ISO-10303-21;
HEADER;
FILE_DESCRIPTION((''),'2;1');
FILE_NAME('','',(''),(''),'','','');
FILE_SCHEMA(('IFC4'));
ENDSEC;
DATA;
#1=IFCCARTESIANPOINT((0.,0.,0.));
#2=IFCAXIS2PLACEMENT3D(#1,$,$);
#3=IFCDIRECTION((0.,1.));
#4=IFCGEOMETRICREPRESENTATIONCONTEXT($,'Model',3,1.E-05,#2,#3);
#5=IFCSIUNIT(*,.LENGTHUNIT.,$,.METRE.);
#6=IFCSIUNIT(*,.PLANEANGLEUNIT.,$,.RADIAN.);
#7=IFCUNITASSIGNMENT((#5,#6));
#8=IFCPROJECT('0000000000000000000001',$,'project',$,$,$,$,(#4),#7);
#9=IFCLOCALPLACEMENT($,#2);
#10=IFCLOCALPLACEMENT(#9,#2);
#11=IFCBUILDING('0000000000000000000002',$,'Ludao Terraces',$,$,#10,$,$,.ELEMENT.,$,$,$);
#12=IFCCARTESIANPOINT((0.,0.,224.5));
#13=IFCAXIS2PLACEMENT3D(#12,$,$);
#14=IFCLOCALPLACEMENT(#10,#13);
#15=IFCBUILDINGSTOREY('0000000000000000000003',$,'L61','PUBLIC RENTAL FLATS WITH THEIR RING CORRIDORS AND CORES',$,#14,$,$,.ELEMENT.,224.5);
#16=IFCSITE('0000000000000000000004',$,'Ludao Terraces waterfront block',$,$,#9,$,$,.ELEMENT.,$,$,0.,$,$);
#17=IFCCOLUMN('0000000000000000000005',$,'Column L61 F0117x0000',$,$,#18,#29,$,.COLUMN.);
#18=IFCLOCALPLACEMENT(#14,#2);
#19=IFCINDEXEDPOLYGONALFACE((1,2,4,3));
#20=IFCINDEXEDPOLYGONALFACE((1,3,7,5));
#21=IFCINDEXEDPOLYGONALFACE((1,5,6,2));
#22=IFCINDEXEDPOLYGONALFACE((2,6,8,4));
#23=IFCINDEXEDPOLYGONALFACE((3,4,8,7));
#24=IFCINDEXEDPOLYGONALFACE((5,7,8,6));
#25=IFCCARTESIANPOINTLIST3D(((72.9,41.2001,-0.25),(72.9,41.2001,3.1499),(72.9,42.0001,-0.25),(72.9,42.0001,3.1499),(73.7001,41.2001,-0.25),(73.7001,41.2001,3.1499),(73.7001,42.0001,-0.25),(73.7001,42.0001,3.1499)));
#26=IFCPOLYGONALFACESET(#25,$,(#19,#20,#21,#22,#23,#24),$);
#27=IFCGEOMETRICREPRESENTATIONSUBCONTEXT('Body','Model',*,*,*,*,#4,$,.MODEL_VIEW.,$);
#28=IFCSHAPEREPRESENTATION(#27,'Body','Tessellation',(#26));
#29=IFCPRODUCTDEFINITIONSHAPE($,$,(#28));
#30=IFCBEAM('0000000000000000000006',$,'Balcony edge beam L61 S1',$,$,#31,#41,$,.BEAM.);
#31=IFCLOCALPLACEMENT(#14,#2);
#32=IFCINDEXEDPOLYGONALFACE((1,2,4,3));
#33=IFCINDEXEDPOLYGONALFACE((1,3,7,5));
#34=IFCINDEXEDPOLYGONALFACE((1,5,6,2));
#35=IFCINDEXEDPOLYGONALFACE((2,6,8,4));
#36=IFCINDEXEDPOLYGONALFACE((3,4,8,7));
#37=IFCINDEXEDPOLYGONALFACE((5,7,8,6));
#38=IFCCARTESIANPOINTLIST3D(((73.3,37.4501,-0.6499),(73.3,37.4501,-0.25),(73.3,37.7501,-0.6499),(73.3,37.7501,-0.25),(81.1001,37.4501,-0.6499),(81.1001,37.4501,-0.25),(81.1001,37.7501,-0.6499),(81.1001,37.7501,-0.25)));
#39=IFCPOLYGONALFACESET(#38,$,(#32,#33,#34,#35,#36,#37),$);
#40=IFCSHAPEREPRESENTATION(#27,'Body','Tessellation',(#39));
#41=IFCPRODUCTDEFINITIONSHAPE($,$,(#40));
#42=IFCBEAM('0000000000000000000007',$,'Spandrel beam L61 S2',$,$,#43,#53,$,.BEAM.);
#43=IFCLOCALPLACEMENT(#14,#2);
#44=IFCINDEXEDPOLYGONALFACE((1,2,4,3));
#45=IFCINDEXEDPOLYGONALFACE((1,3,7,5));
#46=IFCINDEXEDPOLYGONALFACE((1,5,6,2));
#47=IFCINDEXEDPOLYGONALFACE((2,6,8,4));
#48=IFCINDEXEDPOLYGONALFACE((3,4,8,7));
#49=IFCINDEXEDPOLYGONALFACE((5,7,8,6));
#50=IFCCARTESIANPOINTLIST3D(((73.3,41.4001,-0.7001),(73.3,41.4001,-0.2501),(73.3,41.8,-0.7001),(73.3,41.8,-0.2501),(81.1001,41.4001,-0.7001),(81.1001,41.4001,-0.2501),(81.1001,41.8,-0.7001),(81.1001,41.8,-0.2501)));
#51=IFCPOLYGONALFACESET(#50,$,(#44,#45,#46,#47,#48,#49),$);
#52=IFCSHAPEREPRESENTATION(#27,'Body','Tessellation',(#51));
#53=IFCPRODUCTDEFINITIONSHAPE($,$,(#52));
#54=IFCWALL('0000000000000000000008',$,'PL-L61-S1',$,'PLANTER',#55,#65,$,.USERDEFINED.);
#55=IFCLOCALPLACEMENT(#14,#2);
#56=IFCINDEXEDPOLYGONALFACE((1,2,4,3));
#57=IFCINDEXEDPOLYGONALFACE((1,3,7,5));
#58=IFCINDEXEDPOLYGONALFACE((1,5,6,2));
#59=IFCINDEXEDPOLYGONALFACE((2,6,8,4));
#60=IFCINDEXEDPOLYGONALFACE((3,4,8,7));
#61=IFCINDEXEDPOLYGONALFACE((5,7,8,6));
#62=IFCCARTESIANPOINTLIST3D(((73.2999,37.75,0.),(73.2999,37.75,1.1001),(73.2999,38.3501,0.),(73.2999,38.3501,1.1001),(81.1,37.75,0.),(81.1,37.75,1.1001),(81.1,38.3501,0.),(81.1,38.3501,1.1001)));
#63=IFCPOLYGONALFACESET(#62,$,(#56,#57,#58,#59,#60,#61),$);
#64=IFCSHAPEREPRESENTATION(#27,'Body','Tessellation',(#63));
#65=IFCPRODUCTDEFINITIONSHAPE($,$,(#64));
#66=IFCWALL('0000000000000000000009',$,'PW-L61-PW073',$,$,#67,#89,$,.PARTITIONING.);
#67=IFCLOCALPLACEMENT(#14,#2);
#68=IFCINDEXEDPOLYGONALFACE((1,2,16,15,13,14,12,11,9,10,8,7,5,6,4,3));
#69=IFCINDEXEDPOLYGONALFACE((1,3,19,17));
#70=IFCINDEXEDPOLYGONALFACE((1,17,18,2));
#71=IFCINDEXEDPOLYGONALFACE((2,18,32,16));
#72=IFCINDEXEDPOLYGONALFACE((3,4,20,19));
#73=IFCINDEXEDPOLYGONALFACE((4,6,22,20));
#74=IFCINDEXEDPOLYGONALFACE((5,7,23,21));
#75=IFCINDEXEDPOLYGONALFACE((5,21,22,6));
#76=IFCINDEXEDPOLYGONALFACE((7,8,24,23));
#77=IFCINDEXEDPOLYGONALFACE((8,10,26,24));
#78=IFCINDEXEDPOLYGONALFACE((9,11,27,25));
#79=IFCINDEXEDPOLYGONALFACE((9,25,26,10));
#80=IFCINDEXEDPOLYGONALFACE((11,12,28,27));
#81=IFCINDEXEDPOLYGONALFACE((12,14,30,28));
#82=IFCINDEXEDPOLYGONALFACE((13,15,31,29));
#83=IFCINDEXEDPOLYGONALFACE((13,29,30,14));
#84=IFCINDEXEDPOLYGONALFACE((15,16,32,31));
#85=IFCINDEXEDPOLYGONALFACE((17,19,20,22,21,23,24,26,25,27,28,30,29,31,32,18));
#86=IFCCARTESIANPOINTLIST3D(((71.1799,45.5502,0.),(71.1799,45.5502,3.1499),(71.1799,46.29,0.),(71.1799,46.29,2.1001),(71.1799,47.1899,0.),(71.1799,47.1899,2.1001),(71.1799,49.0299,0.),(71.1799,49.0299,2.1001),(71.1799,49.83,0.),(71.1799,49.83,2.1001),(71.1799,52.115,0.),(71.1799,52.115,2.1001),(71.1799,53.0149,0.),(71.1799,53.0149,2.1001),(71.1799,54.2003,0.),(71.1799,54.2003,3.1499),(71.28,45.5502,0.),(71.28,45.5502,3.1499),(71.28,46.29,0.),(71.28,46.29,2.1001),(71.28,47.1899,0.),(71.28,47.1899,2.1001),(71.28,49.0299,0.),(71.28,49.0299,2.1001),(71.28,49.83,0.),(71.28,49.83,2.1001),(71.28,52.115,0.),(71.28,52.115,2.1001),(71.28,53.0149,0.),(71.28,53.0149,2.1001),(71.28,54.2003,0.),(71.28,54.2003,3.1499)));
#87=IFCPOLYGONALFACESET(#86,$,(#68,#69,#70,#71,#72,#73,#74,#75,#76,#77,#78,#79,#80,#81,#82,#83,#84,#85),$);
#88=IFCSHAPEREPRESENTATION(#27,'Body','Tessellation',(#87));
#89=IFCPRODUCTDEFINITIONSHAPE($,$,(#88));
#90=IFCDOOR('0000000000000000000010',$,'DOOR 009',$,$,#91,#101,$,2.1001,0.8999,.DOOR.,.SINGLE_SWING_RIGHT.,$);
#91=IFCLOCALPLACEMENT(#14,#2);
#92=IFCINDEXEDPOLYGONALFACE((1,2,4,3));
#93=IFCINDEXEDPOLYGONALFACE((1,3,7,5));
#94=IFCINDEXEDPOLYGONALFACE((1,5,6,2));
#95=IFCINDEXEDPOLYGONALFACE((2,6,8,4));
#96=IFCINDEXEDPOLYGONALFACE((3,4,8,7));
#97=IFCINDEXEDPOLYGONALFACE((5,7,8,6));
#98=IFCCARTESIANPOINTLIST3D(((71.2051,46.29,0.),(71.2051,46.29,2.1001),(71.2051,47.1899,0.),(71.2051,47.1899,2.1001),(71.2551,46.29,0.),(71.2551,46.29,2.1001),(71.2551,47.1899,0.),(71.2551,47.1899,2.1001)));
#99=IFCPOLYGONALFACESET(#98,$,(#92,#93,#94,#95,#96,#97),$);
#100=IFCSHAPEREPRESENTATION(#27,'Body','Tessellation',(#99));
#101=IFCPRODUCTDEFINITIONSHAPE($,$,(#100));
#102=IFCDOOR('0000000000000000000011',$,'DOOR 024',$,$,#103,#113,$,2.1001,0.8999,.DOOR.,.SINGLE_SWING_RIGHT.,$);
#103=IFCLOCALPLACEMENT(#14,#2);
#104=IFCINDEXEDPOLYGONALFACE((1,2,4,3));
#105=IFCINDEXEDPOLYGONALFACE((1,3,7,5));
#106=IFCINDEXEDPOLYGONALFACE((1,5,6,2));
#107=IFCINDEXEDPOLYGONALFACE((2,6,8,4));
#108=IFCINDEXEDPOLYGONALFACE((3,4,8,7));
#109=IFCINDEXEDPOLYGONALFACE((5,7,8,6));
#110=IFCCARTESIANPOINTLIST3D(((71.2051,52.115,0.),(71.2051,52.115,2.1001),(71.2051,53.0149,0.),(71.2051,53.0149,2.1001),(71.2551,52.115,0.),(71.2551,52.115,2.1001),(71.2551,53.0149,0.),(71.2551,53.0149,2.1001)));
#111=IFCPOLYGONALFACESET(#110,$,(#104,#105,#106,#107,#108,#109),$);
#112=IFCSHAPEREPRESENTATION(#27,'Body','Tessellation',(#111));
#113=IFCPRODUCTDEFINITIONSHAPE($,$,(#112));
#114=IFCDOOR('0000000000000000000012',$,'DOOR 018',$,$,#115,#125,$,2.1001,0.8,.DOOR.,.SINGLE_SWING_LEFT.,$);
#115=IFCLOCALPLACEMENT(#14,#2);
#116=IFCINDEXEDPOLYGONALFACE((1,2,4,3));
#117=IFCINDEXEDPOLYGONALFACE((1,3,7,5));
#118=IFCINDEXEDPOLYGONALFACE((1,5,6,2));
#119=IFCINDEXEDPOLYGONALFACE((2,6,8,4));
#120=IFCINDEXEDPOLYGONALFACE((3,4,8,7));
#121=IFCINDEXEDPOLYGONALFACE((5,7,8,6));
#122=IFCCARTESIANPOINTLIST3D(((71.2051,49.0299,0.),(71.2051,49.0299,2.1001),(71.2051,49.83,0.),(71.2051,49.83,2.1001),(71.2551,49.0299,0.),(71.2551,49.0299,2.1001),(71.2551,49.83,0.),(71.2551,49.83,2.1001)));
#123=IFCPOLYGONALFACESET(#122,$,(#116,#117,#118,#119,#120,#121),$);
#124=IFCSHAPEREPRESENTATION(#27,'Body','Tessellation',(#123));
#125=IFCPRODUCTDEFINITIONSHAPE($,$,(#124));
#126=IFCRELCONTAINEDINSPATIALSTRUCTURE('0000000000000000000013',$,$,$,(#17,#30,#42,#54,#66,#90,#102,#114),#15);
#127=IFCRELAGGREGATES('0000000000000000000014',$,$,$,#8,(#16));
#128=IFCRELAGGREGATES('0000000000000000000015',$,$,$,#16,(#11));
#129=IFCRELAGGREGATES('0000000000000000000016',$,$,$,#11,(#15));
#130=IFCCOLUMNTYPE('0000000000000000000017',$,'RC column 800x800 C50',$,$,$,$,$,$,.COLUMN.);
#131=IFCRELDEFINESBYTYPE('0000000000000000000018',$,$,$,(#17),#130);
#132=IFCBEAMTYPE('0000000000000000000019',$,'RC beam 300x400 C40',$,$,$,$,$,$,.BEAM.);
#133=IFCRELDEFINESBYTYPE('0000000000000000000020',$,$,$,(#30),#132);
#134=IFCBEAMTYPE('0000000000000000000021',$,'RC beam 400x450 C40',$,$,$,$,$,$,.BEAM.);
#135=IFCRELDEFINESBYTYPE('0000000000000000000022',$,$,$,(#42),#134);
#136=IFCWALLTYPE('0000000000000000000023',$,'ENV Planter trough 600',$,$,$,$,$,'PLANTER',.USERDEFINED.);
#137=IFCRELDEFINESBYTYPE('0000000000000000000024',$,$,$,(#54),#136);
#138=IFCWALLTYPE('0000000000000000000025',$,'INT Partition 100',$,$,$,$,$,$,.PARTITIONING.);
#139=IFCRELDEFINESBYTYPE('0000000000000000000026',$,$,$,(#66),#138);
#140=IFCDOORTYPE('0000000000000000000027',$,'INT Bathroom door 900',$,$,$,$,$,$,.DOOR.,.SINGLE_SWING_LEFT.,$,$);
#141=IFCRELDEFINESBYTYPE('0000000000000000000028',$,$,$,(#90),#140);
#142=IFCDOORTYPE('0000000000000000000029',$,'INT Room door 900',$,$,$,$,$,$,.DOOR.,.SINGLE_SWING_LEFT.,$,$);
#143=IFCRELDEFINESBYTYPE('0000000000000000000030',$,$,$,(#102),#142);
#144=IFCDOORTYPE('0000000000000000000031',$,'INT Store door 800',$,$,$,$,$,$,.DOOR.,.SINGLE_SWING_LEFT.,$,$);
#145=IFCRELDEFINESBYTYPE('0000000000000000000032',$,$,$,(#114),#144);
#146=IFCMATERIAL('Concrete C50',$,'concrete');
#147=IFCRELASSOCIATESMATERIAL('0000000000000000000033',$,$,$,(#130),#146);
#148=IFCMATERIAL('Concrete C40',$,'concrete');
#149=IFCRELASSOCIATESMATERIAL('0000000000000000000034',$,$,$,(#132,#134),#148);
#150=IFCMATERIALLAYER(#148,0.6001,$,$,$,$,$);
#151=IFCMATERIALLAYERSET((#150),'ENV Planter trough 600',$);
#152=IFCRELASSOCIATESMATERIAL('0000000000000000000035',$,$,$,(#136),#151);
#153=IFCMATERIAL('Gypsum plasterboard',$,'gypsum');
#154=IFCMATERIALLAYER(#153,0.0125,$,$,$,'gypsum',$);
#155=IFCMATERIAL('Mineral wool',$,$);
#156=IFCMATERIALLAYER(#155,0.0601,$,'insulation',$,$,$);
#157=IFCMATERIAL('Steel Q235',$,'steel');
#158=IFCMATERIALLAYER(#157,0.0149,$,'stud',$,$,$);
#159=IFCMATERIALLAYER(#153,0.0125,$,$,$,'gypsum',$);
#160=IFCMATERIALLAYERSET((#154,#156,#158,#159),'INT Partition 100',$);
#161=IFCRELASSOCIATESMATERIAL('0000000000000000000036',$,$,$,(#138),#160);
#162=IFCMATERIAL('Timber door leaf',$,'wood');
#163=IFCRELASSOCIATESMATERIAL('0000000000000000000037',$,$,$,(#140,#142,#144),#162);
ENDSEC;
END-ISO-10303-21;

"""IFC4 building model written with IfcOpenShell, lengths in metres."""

from ifc_helpers import new_model, si_unit, direction, frame, frame_2d, origin, origin_2d, place, context, subcontext, project, spatial, rectangle, extrude, material, layer, layer_set, material_profile, profile_set, type_object, element, fill, save


model = new_model("IFC4")

# Units and contexts
model_context = context("Model", 3, precision=1e-05, world=origin(), true_north=direction((0.0, 1.0)))
body_context = subcontext(model_context, "Body", "Model", "MODEL_VIEW")
ifc_project = project(units=[si_unit("LENGTHUNIT", "METRE"), si_unit("PLANEANGLEUNIT", "RADIAN")], contexts=[model_context])

# Site, building, storey
site_placement = place(None, origin())
site = spatial("IfcSite", under=ifc_project, at=site_placement, Name="Ludao Terraces waterfront block", CompositionType="ELEMENT", RefElevation=0.0)
building_placement = place(site_placement, origin())
building = spatial("IfcBuilding", under=site, at=building_placement, Name="Ludao Terraces", CompositionType="ELEMENT")
storey_placement = place(building_placement, frame((0.0, 0.0, 224.5)))
storey = spatial("IfcBuildingStorey", under=building, at=storey_placement, Name="L61", Description="PUBLIC RENTAL FLATS WITH THEIR RING CORRIDORS AND CORES", CompositionType="ELEMENT", Elevation=224.5)

# Column
ifc_material_1 = material(Name="Concrete C50", Category="concrete")
ifc_material_profile_1 = material_profile(ifc_material_1, rectangle(XDim=0.8, YDim=0.8, at=origin_2d()), Name="800 X 800")
ifc_profile_set_1 = profile_set([ifc_material_profile_1], Name="Concrete C50")
column_type = type_object("IfcColumnType", Name="RC column 800x800 C50", PredefinedType="COLUMN", material=ifc_profile_set_1)
column_placement = place(storey_placement, frame((73.3, 41.6001, -0.25), z_axis=(0.0, 0.0, 1.0), x_axis=(1.0, 0.0, 0.0)))
element("IfcColumn", 1, at=column_placement, inside=storey, type_object=column_type, Name="Column L61 F0117x0000", PredefinedType="COLUMN", context=body_context, shape_type="SweptSolid", body=[
    extrude(rectangle(XDim=0.8, YDim=0.8, at=origin_2d()), origin(), (0.0, 0.0, 1.0), 3.3999),
])

# Beams
ifc_material_2 = material(Name="Concrete C40", Category="concrete")
ifc_material_profile_2 = material_profile(ifc_material_2, rectangle(XDim=0.3, YDim=0.3999, at=origin_2d()), Name="300 X 400")
ifc_profile_set_2 = profile_set([ifc_material_profile_2], Name="Concrete C40")
beam_type_1 = type_object("IfcBeamType", Name="RC beam 300x400 C40", PredefinedType="BEAM", material=ifc_profile_set_2)
beam_1_placement = place(storey_placement, frame((73.3, 37.6001, -0.45), z_axis=(1.0, 0.0, 0.0), x_axis=(0.0, 1.0, 0.0)))
element("IfcBeam", 2, at=beam_1_placement, inside=storey, type_object=beam_type_1, Name="Balcony edge beam L61 S1", PredefinedType="BEAM", context=body_context, shape_type="SweptSolid", body=[
    extrude(rectangle(XDim=0.3, YDim=0.3999, at=origin_2d()), origin(), (0.0, 0.0, 1.0), 7.8),
])
ifc_material_profile_3 = material_profile(ifc_material_2, rectangle(XDim=0.3999, YDim=0.45, at=origin_2d()), Name="400 X 450")
ifc_profile_set_3 = profile_set([ifc_material_profile_3], Name="Concrete C40")
beam_type_2 = type_object("IfcBeamType", Name="RC beam 400x450 C40", PredefinedType="BEAM", material=ifc_profile_set_3)
beam_2_placement = place(storey_placement, frame((73.3, 41.6001, -0.4751), z_axis=(1.0, 0.0, 0.0), x_axis=(0.0, 1.0, 0.0)))
element("IfcBeam", 3, at=beam_2_placement, inside=storey, type_object=beam_type_2, Name="Spandrel beam L61 S2", PredefinedType="BEAM", context=body_context, shape_type="SweptSolid", body=[
    extrude(rectangle(XDim=0.3999, YDim=0.45, at=origin_2d()), origin(), (0.0, 0.0, 1.0), 7.8),
])

# Wall
ifc_layer_1 = layer(ifc_material_2, 0.6001)
ifc_layer_set_1 = layer_set([ifc_layer_1], Name="ENV Planter trough 600")
wall_type_1 = type_object("IfcWallType", Name="ENV Planter trough 600", ElementType="PLANTER", PredefinedType="USERDEFINED", material=ifc_layer_set_1)
wall_1_placement = place(storey_placement, frame((73.3, 38.05, 0.0), z_axis=(0.0, 0.0, 1.0), x_axis=(1.0, 0.0, 0.0)))
element("IfcWall", 4, at=wall_1_placement, inside=storey, type_object=wall_type_1, Name="PL-L61-S1", ObjectType="PLANTER", PredefinedType="USERDEFINED", context=body_context, shape_type="SweptSolid", body=[
    extrude(rectangle(XDim=7.8, YDim=0.6001, at=frame_2d((3.8999, 0.0))), origin(), (0.0, 0.0, 1.0), 1.1001),
])

# Wall, openings, doors
ifc_material_3 = material(Name="Gypsum plasterboard", Category="gypsum")
ifc_layer_2 = layer(ifc_material_3, 0.0125, Category="gypsum")
ifc_material_4 = material(Name="Mineral wool")
ifc_layer_3 = layer(ifc_material_4, 0.0601, Name="insulation")
ifc_material_5 = material(Name="Steel Q235", Category="steel")
ifc_layer_4 = layer(ifc_material_5, 0.0149, Name="stud")
ifc_layer_5 = layer(ifc_material_3, 0.0125, Category="gypsum")
ifc_layer_set_2 = layer_set([ifc_layer_2, ifc_layer_3, ifc_layer_4, ifc_layer_5], Name="INT Partition 100")
wall_type_2 = type_object("IfcWallType", Name="INT Partition 100", PredefinedType="PARTITIONING", material=ifc_layer_set_2)
wall_2_placement = place(storey_placement, frame((71.23, 45.55, 0.0), z_axis=(0.0, 0.0, 1.0), x_axis=(0.0, 1.0, 0.0)))
wall_2 = element("IfcWall", 5, at=wall_2_placement, inside=storey, type_object=wall_type_2, Name="PW-L61-PW073", PredefinedType="PARTITIONING", context=body_context, shape_type="SweptSolid", body=[
    extrude(rectangle(XDim=8.6501, YDim=0.1001, at=frame_2d((4.3252, 0.0))), origin(), (0.0, 0.0, 1.0), 3.1499),
])
opening_1_placement = place(wall_2_placement, frame((0.74, 0.0, 0.0)))
opening_1 = element("IfcOpeningElement", 6, at=opening_1_placement, cuts=wall_2, PredefinedType="OPENING", context=body_context, shape_type="SweptSolid", body=[
    extrude(rectangle(XDim=0.8999, YDim=2.1001, at=frame_2d((0.45, 1.05))), frame((0.0, 0.0601, 0.0), z_axis=(0.0, -1.0, 0.0), x_axis=(1.0, 0.0, 0.0)), (0.0, 0.0, 1.0), 0.1201),
])
opening_2_placement = place(wall_2_placement, frame((3.48, 0.0, 0.0)))
opening_2 = element("IfcOpeningElement", 7, at=opening_2_placement, cuts=wall_2, PredefinedType="OPENING", context=body_context, shape_type="SweptSolid", body=[
    extrude(rectangle(XDim=0.8, YDim=2.1001, at=frame_2d((0.3999, 1.05))), frame((0.0, 0.0601, 0.0), z_axis=(0.0, -1.0, 0.0), x_axis=(1.0, 0.0, 0.0)), (0.0, 0.0, 1.0), 0.1201),
])
opening_3_placement = place(wall_2_placement, frame((6.5649, 0.0, 0.0)))
opening_3 = element("IfcOpeningElement", 8, at=opening_3_placement, cuts=wall_2, PredefinedType="OPENING", context=body_context, shape_type="SweptSolid", body=[
    extrude(rectangle(XDim=0.8999, YDim=2.1001, at=frame_2d((0.45, 1.05))), frame((0.0, 0.0601, 0.0), z_axis=(0.0, -1.0, 0.0), x_axis=(1.0, 0.0, 0.0)), (0.0, 0.0, 1.0), 0.1201),
])
ifc_material_6 = material(Name="Timber door leaf", Category="wood")
door_type_1 = type_object("IfcDoorType", Name="INT Bathroom door 900", OperationType="SINGLE_SWING_LEFT", PredefinedType="DOOR", material=ifc_material_6)
door_1_placement = place(opening_1_placement, origin())
door_1 = element("IfcDoor", 9, at=door_1_placement, inside=storey, type_object=door_type_1, Name="DOOR 009", OperationType="SINGLE_SWING_RIGHT", OverallHeight=2.1001, OverallWidth=0.8999, PredefinedType="DOOR", context=body_context, shape_type="SweptSolid", body=[
    extrude(rectangle(XDim=0.8999, YDim=2.1001, at=frame_2d((0.45, 1.05))), frame((0.0, 0.0249, 0.0), z_axis=(0.0, -1.0, 0.0), x_axis=(1.0, 0.0, 0.0)), (0.0, 0.0, 1.0), 0.05),
])
fill(opening_1, door_1)
door_type_2 = type_object("IfcDoorType", Name="INT Room door 900", OperationType="SINGLE_SWING_LEFT", PredefinedType="DOOR", material=ifc_material_6)
door_2_placement = place(opening_3_placement, origin())
door_2 = element("IfcDoor", 10, at=door_2_placement, inside=storey, type_object=door_type_2, Name="DOOR 024", OperationType="SINGLE_SWING_RIGHT", OverallHeight=2.1001, OverallWidth=0.8999, PredefinedType="DOOR", context=body_context, shape_type="SweptSolid", body=[
    extrude(rectangle(XDim=0.8999, YDim=2.1001, at=frame_2d((0.45, 1.05))), frame((0.0, 0.0249, 0.0), z_axis=(0.0, -1.0, 0.0), x_axis=(1.0, 0.0, 0.0)), (0.0, 0.0, 1.0), 0.05),
])
fill(opening_3, door_2)
door_type_3 = type_object("IfcDoorType", Name="INT Store door 800", OperationType="SINGLE_SWING_LEFT", PredefinedType="DOOR", material=ifc_material_6)
door_3_placement = place(opening_2_placement, origin())
door_3 = element("IfcDoor", 11, at=door_3_placement, inside=storey, type_object=door_type_3, Name="DOOR 018", OperationType="SINGLE_SWING_LEFT", OverallHeight=2.1001, OverallWidth=0.8, PredefinedType="DOOR", context=body_context, shape_type="SweptSolid", body=[
    extrude(rectangle(XDim=0.8, YDim=2.1001, at=frame_2d((0.3999, 1.05))), frame((0.0, 0.0249, 0.0), z_axis=(0.0, -1.0, 0.0), x_axis=(1.0, 0.0, 0.0)), (0.0, 0.0, 1.0), 0.05),
])
fill(opening_2, door_3)

save(model, "model.ifc")
